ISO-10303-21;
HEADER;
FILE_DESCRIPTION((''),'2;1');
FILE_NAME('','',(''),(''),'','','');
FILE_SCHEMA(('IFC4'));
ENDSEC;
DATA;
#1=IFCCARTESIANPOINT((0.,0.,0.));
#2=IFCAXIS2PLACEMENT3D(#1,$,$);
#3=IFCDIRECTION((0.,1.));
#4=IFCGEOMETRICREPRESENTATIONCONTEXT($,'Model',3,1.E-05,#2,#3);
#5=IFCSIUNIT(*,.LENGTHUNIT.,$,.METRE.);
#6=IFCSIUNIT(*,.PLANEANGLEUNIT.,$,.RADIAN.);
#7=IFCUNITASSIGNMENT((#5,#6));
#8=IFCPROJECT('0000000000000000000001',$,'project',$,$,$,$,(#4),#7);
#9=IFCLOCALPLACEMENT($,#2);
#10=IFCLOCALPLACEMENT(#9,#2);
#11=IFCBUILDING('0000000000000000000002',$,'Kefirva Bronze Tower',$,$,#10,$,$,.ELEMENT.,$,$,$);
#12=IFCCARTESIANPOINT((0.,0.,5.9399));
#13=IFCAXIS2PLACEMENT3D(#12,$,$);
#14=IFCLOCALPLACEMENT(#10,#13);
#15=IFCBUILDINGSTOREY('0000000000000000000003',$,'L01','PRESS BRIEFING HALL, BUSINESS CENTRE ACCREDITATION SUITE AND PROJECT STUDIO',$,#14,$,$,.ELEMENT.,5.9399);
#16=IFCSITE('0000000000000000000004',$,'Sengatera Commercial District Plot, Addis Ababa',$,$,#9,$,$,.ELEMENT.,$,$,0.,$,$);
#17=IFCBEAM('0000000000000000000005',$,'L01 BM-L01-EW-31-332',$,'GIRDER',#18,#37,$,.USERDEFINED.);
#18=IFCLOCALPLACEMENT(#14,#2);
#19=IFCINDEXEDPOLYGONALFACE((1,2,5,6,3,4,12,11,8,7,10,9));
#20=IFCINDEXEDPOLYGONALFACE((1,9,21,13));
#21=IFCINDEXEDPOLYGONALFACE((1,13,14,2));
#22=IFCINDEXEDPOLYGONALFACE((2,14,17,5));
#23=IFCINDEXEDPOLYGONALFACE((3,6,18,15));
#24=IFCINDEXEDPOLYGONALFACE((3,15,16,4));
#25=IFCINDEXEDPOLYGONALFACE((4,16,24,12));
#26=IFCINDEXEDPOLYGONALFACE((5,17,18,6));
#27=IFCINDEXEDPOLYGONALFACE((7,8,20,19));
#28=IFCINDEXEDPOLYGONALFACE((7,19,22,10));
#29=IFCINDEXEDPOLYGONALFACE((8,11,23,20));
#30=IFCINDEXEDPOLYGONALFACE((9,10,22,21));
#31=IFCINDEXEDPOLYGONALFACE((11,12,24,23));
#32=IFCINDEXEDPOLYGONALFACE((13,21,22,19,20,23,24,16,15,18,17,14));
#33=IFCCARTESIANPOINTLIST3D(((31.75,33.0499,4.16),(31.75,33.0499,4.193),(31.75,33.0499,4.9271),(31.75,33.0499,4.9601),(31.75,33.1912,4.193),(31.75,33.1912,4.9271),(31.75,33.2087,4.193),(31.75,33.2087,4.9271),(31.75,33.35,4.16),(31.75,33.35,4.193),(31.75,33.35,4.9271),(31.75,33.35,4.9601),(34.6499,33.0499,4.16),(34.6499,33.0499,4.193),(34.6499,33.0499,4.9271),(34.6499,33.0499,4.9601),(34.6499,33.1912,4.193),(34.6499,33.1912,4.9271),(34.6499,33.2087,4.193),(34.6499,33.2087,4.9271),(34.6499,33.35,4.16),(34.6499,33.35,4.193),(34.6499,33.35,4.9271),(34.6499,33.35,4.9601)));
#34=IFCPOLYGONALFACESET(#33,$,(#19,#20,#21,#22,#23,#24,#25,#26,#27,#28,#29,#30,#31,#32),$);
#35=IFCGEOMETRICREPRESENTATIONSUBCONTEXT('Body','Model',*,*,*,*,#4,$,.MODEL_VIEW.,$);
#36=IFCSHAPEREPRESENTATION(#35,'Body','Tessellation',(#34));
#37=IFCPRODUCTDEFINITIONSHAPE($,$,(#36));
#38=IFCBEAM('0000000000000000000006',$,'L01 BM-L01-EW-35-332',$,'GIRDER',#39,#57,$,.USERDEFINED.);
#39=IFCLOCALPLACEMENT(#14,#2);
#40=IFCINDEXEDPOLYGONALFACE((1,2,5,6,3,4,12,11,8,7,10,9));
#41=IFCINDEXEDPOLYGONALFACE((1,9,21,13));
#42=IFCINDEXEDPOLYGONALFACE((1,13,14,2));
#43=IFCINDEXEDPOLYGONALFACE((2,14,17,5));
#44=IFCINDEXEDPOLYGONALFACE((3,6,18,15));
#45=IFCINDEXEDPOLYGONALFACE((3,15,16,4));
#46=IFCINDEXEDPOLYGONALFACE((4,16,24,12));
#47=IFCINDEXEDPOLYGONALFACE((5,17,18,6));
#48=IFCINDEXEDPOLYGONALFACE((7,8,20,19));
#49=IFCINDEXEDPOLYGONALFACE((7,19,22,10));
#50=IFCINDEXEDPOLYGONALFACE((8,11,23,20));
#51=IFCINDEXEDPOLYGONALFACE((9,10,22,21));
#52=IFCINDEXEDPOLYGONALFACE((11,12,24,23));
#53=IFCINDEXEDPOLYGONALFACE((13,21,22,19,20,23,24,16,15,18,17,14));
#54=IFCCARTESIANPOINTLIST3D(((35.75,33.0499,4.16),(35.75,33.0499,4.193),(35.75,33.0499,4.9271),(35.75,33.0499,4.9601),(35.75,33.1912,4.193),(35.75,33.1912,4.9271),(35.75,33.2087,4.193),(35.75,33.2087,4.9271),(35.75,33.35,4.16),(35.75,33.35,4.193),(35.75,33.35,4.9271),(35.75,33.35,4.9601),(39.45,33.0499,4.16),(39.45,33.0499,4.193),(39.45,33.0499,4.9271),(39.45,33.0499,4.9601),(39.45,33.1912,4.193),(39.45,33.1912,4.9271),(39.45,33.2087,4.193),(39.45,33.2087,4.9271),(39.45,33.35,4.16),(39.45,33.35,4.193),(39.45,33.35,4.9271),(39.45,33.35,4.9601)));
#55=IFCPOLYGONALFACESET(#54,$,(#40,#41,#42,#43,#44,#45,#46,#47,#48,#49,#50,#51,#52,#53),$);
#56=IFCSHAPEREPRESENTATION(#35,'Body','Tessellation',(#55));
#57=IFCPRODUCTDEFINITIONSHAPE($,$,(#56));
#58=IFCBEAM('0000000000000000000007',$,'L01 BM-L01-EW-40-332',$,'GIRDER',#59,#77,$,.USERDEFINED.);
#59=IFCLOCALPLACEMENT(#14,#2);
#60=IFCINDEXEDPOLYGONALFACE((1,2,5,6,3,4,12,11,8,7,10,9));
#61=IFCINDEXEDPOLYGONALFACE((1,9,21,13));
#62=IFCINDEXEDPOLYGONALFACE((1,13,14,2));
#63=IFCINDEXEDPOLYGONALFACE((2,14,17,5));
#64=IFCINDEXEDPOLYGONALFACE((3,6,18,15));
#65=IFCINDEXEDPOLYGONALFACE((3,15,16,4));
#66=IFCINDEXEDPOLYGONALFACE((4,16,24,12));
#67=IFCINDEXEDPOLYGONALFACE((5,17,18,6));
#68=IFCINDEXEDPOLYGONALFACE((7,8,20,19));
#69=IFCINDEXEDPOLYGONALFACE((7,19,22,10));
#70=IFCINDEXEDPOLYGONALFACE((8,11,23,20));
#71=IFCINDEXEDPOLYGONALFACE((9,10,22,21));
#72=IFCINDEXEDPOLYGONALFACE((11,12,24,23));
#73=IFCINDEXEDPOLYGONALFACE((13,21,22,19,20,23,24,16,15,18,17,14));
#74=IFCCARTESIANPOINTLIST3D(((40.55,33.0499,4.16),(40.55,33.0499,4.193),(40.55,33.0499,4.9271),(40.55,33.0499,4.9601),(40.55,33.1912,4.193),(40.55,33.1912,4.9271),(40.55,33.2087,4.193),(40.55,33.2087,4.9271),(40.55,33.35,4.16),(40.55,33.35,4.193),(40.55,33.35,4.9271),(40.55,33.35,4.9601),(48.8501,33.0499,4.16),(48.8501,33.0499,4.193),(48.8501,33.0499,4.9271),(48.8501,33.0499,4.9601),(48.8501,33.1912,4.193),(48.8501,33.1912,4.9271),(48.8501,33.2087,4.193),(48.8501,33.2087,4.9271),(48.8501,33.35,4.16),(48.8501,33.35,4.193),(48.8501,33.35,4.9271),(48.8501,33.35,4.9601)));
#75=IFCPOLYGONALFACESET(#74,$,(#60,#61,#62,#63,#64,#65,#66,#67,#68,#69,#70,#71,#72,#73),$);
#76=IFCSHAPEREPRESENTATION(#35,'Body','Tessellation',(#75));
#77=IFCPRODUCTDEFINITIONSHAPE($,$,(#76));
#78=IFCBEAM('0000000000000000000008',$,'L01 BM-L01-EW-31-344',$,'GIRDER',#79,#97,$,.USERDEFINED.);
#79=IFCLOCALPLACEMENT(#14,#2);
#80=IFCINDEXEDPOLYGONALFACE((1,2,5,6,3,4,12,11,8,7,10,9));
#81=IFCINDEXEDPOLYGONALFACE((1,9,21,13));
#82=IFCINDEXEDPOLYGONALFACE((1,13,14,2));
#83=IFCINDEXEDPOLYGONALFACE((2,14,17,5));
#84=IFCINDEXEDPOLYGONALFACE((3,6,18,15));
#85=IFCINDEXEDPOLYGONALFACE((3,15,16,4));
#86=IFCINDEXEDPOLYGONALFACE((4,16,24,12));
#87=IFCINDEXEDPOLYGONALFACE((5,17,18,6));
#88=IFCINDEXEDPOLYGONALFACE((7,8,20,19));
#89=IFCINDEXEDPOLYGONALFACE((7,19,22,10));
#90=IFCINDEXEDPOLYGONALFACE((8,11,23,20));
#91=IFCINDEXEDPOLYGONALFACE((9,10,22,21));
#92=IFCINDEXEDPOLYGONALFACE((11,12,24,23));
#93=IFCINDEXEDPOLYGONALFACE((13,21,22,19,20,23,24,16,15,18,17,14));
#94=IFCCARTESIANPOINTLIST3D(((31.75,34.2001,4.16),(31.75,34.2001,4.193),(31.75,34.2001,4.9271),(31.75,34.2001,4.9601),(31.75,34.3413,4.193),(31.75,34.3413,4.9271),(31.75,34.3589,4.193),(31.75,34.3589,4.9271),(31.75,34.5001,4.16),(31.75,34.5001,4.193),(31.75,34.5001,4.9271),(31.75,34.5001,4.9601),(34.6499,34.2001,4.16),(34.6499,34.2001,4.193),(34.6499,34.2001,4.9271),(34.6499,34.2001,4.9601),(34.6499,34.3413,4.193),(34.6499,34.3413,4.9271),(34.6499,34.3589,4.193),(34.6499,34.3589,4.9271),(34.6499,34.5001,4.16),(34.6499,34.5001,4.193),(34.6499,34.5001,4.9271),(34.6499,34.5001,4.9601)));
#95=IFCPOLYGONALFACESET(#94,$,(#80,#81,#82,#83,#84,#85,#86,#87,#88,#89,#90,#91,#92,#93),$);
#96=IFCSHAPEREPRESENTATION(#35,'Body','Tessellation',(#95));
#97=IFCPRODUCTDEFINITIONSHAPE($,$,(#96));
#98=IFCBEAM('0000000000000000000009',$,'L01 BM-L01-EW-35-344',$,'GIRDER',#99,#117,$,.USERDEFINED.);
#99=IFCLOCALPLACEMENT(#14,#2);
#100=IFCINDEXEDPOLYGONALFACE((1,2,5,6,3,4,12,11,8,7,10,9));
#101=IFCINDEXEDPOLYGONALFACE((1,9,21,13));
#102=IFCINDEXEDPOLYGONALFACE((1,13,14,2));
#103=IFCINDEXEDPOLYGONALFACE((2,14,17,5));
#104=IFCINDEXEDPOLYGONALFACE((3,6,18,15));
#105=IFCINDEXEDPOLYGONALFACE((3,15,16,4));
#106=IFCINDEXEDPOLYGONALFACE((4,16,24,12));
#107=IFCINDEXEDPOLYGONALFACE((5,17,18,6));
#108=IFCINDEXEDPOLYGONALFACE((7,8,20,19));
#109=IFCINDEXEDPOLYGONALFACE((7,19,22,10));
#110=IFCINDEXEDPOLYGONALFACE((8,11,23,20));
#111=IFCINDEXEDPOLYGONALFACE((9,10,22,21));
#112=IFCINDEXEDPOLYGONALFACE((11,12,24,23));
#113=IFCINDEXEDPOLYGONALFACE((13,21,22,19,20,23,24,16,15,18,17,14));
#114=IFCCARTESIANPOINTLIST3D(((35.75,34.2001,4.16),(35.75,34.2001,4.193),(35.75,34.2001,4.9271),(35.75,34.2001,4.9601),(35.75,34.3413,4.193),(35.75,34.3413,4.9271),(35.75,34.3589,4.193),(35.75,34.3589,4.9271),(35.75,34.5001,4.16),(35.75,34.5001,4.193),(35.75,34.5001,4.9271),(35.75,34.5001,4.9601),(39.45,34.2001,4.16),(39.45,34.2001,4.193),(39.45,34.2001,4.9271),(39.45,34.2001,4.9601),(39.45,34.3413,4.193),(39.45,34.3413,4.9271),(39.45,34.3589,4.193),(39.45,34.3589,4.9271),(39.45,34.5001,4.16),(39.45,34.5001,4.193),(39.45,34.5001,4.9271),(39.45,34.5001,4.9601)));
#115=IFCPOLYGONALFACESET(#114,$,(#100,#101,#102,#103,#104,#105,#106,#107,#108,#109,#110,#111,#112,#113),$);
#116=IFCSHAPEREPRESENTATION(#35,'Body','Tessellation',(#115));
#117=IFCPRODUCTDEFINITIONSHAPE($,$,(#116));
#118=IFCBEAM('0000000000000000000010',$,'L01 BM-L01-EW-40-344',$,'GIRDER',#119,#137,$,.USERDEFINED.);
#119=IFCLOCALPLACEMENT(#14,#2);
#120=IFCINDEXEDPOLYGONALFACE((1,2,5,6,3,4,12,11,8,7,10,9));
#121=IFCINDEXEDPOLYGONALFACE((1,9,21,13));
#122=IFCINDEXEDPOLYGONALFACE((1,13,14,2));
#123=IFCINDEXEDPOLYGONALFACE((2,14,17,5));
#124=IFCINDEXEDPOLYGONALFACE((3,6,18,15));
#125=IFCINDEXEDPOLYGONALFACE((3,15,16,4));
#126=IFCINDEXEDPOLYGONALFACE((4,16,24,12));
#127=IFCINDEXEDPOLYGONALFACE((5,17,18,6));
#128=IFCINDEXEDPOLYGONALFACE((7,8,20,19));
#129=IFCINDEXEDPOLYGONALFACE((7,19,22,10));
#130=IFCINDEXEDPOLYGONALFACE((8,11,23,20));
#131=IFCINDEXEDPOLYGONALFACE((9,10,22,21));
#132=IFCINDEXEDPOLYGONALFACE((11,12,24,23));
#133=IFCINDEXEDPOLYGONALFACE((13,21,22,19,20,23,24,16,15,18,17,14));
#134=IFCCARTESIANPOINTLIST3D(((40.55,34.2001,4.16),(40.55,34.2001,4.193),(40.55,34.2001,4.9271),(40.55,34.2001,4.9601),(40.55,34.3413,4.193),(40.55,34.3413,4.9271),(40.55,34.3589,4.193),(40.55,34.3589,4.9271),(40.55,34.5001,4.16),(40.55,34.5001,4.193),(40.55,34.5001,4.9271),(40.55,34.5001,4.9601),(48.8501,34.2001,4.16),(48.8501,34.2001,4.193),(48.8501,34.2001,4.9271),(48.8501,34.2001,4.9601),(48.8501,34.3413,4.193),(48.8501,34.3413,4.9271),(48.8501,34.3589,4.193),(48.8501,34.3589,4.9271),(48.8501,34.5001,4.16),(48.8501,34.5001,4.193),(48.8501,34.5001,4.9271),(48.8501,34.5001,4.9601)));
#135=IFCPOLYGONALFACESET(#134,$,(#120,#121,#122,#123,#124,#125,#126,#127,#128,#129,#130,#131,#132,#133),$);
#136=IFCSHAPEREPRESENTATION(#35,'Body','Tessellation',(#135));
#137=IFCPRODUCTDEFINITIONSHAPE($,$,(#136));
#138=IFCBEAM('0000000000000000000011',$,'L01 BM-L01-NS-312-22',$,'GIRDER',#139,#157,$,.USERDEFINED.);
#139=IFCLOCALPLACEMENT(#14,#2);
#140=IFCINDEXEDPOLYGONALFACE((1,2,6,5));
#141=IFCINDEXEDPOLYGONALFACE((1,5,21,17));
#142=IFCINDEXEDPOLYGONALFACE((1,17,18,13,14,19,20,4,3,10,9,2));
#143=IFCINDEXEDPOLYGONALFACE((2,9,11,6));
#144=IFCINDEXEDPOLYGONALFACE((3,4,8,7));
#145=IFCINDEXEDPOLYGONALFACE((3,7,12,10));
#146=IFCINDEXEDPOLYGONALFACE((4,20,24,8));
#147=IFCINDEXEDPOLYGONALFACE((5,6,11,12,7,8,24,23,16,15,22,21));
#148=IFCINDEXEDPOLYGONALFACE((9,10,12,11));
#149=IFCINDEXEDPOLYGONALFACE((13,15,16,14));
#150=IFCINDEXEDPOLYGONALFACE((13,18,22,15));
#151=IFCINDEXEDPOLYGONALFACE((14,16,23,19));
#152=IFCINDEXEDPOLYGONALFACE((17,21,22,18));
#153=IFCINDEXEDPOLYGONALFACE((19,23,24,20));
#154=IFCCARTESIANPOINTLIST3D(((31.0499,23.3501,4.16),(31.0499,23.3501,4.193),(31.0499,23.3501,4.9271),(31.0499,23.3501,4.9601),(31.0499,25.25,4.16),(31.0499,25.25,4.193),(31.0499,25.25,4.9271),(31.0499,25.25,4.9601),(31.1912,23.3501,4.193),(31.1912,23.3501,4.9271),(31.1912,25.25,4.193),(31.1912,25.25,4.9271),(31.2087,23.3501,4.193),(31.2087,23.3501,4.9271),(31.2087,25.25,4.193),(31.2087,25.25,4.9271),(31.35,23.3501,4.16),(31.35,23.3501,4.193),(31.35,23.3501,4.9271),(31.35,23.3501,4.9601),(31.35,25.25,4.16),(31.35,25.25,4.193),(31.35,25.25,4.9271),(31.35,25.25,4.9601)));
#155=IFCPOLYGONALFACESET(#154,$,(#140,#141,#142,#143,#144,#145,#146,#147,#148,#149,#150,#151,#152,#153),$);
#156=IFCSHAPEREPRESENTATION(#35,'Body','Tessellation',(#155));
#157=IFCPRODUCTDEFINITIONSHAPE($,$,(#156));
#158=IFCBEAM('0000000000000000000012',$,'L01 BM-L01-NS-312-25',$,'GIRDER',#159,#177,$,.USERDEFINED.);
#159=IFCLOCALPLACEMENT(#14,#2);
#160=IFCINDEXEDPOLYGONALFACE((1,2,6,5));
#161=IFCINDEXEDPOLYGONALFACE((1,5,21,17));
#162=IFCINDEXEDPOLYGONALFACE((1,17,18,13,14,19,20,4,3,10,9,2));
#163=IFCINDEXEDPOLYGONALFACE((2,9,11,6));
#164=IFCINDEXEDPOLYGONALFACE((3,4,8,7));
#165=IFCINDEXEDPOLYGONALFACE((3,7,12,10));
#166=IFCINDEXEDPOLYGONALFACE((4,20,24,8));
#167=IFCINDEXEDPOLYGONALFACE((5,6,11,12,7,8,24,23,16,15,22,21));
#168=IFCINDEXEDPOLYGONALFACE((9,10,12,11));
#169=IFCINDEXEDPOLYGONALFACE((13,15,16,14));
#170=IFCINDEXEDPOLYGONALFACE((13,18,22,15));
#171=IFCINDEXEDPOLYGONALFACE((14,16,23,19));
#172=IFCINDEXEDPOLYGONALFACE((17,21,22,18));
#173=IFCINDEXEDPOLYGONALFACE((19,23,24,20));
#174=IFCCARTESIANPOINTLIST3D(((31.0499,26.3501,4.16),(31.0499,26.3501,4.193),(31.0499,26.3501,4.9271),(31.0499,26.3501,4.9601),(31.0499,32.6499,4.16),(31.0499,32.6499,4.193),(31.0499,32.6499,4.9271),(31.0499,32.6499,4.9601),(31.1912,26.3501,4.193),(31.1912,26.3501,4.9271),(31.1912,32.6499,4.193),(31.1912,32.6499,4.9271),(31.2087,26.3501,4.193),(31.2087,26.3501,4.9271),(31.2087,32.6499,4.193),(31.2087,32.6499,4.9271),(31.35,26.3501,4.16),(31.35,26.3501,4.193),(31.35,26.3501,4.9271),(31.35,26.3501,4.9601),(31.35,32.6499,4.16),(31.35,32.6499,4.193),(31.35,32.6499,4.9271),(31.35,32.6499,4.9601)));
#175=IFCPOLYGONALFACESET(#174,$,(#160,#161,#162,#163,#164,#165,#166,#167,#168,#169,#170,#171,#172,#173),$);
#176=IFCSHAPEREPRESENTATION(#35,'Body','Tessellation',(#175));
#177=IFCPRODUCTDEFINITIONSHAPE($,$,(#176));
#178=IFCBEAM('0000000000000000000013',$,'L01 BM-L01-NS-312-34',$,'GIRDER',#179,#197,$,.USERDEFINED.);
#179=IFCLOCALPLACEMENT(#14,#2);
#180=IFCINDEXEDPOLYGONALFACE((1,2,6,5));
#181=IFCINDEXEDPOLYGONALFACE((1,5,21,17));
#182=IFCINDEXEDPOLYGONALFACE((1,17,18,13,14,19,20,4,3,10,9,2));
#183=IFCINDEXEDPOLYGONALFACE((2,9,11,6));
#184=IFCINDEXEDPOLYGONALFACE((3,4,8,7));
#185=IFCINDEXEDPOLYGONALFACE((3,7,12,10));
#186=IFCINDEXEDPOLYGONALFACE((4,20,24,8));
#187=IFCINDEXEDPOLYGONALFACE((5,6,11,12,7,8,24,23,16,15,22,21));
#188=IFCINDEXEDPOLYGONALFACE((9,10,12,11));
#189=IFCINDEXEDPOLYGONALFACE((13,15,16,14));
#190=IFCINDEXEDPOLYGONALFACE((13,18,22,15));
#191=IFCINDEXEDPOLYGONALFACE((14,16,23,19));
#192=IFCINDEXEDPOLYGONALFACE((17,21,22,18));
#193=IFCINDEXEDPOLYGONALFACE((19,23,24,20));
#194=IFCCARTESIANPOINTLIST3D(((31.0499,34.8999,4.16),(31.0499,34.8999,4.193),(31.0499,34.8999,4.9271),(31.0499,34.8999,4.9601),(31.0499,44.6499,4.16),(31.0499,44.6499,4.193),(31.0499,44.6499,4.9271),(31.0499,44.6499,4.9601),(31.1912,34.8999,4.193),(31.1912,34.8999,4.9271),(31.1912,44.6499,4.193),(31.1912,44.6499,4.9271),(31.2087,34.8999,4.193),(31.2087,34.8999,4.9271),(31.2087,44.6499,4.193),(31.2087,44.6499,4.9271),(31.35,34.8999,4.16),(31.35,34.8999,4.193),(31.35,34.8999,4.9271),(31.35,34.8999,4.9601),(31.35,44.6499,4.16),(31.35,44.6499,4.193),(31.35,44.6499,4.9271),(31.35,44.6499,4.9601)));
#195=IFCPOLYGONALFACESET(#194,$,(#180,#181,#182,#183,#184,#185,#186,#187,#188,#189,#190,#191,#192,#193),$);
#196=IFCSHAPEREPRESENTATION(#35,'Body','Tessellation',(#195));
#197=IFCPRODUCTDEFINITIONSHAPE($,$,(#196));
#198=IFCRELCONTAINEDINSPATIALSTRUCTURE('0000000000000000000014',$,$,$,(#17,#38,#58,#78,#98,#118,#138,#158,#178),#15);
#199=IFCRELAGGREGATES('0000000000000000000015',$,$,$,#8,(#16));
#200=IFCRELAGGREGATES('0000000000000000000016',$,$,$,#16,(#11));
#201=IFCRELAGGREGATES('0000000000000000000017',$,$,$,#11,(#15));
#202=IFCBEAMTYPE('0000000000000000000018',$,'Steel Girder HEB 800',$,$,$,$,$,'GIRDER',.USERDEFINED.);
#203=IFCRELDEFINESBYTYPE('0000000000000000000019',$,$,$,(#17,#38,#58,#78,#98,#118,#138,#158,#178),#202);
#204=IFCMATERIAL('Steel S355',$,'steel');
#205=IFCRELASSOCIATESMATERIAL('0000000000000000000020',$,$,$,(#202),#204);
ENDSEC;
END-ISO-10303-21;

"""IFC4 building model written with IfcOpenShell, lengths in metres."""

from ifc_helpers import new_model, si_unit, direction, frame, origin, origin_2d, place, context, subcontext, project, spatial, i_section, extrude, material, material_profile, profile_set, type_object, element, save


model = new_model("IFC4")

# Units and contexts
model_context = context("Model", 3, precision=1e-05, world=origin(), true_north=direction((0.0, 1.0)))
body_context = subcontext(model_context, "Body", "Model", "MODEL_VIEW")
ifc_project = project(units=[si_unit("LENGTHUNIT", "METRE"), si_unit("PLANEANGLEUNIT", "RADIAN")], contexts=[model_context])

# Site, building, storey
site_placement = place(None, origin())
site = spatial("IfcSite", under=ifc_project, at=site_placement, Name="Sengatera Commercial District Plot, Addis Ababa", CompositionType="ELEMENT", RefElevation=0.0)
building_placement = place(site_placement, origin())
building = spatial("IfcBuilding", under=site, at=building_placement, Name="Kefirva Bronze Tower", CompositionType="ELEMENT")
storey_placement = place(building_placement, frame((0.0, 0.0, 5.9399)))
storey = spatial("IfcBuildingStorey", under=building, at=storey_placement, Name="L01", Description="PRESS BRIEFING HALL, BUSINESS CENTRE ACCREDITATION SUITE AND PROJECT STUDIO", CompositionType="ELEMENT", Elevation=5.9399)

# Beams
ifc_material_1 = material(Name="Steel S355", Category="steel")
ifc_material_profile_1 = material_profile(ifc_material_1, i_section(OverallWidth=0.3, OverallDepth=0.8, WebThickness=0.0176, FlangeThickness=0.033, at=origin_2d()), Name="HEB 800")
ifc_profile_set_1 = profile_set([ifc_material_profile_1], Name="Steel S355")
beam_type_1 = type_object("IfcBeamType", Name="Steel Girder HEB 800", ElementType="GIRDER", PredefinedType="USERDEFINED", material=ifc_profile_set_1)
beam_1_placement = place(storey_placement, frame((31.75, 33.2, 4.5601), z_axis=(1.0, 0.0, 0.0), x_axis=(0.0, 1.0, 0.0)))
element("IfcBeam", 1, at=beam_1_placement, inside=storey, type_object=beam_type_1, Name="L01 BM-L01-EW-31-332", ObjectType="GIRDER", PredefinedType="USERDEFINED", context=body_context, shape_type="SweptSolid", body=[
    extrude(i_section(OverallWidth=0.3, OverallDepth=0.8, WebThickness=0.0176, FlangeThickness=0.033, at=origin_2d()), origin(), (0.0, 0.0, 1.0), 2.8999),
])
beam_2_placement = place(storey_placement, frame((35.75, 33.2, 4.5601), z_axis=(1.0, 0.0, 0.0), x_axis=(0.0, 1.0, 0.0)))
element("IfcBeam", 2, at=beam_2_placement, inside=storey, type_object=beam_type_1, Name="L01 BM-L01-EW-35-332", ObjectType="GIRDER", PredefinedType="USERDEFINED", context=body_context, shape_type="SweptSolid", body=[
    extrude(i_section(OverallWidth=0.3, OverallDepth=0.8, WebThickness=0.0176, FlangeThickness=0.033, at=origin_2d()), origin(), (0.0, 0.0, 1.0), 3.7),
])
beam_3_placement = place(storey_placement, frame((40.55, 33.2, 4.5601), z_axis=(1.0, 0.0, 0.0), x_axis=(0.0, 1.0, 0.0)))
element("IfcBeam", 3, at=beam_3_placement, inside=storey, type_object=beam_type_1, Name="L01 BM-L01-EW-40-332", ObjectType="GIRDER", PredefinedType="USERDEFINED", context=body_context, shape_type="SweptSolid", body=[
    extrude(i_section(OverallWidth=0.3, OverallDepth=0.8, WebThickness=0.0176, FlangeThickness=0.033, at=origin_2d()), origin(), (0.0, 0.0, 1.0), 8.3),
])
beam_4_placement = place(storey_placement, frame((31.75, 34.3501, 4.5601), z_axis=(1.0, 0.0, 0.0), x_axis=(0.0, 1.0, 0.0)))
element("IfcBeam", 4, at=beam_4_placement, inside=storey, type_object=beam_type_1, Name="L01 BM-L01-EW-31-344", ObjectType="GIRDER", PredefinedType="USERDEFINED", context=body_context, shape_type="SweptSolid", body=[
    extrude(i_section(OverallWidth=0.3, OverallDepth=0.8, WebThickness=0.0176, FlangeThickness=0.033, at=origin_2d()), origin(), (0.0, 0.0, 1.0), 2.8999),
])
beam_5_placement = place(storey_placement, frame((35.75, 34.3501, 4.5601), z_axis=(1.0, 0.0, 0.0), x_axis=(0.0, 1.0, 0.0)))
element("IfcBeam", 5, at=beam_5_placement, inside=storey, type_object=beam_type_1, Name="L01 BM-L01-EW-35-344", ObjectType="GIRDER", PredefinedType="USERDEFINED", context=body_context, shape_type="SweptSolid", body=[
    extrude(i_section(OverallWidth=0.3, OverallDepth=0.8, WebThickness=0.0176, FlangeThickness=0.033, at=origin_2d()), origin(), (0.0, 0.0, 1.0), 3.7),
])
beam_6_placement = place(storey_placement, frame((40.55, 34.3501, 4.5601), z_axis=(1.0, 0.0, 0.0), x_axis=(0.0, 1.0, 0.0)))
element("IfcBeam", 6, at=beam_6_placement, inside=storey, type_object=beam_type_1, Name="L01 BM-L01-EW-40-344", ObjectType="GIRDER", PredefinedType="USERDEFINED", context=body_context, shape_type="SweptSolid", body=[
    extrude(i_section(OverallWidth=0.3, OverallDepth=0.8, WebThickness=0.0176, FlangeThickness=0.033, at=origin_2d()), origin(), (0.0, 0.0, 1.0), 8.3),
])
beam_7_placement = place(storey_placement, frame((31.2, 23.3501, 4.5601), z_axis=(0.0, 1.0, 0.0), x_axis=(-1.0, 0.0, 0.0)))
element("IfcBeam", 7, at=beam_7_placement, inside=storey, type_object=beam_type_1, Name="L01 BM-L01-NS-312-22", ObjectType="GIRDER", PredefinedType="USERDEFINED", context=body_context, shape_type="SweptSolid", body=[
    extrude(i_section(OverallWidth=0.3, OverallDepth=0.8, WebThickness=0.0176, FlangeThickness=0.033, at=origin_2d()), origin(), (0.0, 0.0, 1.0), 1.8999),
])
beam_8_placement = place(storey_placement, frame((31.2, 26.3501, 4.5601), z_axis=(0.0, 1.0, 0.0), x_axis=(-1.0, 0.0, 0.0)))
element("IfcBeam", 8, at=beam_8_placement, inside=storey, type_object=beam_type_1, Name="L01 BM-L01-NS-312-25", ObjectType="GIRDER", PredefinedType="USERDEFINED", context=body_context, shape_type="SweptSolid", body=[
    extrude(i_section(OverallWidth=0.3, OverallDepth=0.8, WebThickness=0.0176, FlangeThickness=0.033, at=origin_2d()), origin(), (0.0, 0.0, 1.0), 6.2998),
])
beam_9_placement = place(storey_placement, frame((31.2, 34.8999, 4.5601), z_axis=(0.0, 1.0, 0.0), x_axis=(-1.0, 0.0, 0.0)))
element("IfcBeam", 9, at=beam_9_placement, inside=storey, type_object=beam_type_1, Name="L01 BM-L01-NS-312-34", ObjectType="GIRDER", PredefinedType="USERDEFINED", context=body_context, shape_type="SweptSolid", body=[
    extrude(i_section(OverallWidth=0.3, OverallDepth=0.8, WebThickness=0.0176, FlangeThickness=0.033, at=origin_2d()), origin(), (0.0, 0.0, 1.0), 9.75),
])

save(model, "model.ifc")
